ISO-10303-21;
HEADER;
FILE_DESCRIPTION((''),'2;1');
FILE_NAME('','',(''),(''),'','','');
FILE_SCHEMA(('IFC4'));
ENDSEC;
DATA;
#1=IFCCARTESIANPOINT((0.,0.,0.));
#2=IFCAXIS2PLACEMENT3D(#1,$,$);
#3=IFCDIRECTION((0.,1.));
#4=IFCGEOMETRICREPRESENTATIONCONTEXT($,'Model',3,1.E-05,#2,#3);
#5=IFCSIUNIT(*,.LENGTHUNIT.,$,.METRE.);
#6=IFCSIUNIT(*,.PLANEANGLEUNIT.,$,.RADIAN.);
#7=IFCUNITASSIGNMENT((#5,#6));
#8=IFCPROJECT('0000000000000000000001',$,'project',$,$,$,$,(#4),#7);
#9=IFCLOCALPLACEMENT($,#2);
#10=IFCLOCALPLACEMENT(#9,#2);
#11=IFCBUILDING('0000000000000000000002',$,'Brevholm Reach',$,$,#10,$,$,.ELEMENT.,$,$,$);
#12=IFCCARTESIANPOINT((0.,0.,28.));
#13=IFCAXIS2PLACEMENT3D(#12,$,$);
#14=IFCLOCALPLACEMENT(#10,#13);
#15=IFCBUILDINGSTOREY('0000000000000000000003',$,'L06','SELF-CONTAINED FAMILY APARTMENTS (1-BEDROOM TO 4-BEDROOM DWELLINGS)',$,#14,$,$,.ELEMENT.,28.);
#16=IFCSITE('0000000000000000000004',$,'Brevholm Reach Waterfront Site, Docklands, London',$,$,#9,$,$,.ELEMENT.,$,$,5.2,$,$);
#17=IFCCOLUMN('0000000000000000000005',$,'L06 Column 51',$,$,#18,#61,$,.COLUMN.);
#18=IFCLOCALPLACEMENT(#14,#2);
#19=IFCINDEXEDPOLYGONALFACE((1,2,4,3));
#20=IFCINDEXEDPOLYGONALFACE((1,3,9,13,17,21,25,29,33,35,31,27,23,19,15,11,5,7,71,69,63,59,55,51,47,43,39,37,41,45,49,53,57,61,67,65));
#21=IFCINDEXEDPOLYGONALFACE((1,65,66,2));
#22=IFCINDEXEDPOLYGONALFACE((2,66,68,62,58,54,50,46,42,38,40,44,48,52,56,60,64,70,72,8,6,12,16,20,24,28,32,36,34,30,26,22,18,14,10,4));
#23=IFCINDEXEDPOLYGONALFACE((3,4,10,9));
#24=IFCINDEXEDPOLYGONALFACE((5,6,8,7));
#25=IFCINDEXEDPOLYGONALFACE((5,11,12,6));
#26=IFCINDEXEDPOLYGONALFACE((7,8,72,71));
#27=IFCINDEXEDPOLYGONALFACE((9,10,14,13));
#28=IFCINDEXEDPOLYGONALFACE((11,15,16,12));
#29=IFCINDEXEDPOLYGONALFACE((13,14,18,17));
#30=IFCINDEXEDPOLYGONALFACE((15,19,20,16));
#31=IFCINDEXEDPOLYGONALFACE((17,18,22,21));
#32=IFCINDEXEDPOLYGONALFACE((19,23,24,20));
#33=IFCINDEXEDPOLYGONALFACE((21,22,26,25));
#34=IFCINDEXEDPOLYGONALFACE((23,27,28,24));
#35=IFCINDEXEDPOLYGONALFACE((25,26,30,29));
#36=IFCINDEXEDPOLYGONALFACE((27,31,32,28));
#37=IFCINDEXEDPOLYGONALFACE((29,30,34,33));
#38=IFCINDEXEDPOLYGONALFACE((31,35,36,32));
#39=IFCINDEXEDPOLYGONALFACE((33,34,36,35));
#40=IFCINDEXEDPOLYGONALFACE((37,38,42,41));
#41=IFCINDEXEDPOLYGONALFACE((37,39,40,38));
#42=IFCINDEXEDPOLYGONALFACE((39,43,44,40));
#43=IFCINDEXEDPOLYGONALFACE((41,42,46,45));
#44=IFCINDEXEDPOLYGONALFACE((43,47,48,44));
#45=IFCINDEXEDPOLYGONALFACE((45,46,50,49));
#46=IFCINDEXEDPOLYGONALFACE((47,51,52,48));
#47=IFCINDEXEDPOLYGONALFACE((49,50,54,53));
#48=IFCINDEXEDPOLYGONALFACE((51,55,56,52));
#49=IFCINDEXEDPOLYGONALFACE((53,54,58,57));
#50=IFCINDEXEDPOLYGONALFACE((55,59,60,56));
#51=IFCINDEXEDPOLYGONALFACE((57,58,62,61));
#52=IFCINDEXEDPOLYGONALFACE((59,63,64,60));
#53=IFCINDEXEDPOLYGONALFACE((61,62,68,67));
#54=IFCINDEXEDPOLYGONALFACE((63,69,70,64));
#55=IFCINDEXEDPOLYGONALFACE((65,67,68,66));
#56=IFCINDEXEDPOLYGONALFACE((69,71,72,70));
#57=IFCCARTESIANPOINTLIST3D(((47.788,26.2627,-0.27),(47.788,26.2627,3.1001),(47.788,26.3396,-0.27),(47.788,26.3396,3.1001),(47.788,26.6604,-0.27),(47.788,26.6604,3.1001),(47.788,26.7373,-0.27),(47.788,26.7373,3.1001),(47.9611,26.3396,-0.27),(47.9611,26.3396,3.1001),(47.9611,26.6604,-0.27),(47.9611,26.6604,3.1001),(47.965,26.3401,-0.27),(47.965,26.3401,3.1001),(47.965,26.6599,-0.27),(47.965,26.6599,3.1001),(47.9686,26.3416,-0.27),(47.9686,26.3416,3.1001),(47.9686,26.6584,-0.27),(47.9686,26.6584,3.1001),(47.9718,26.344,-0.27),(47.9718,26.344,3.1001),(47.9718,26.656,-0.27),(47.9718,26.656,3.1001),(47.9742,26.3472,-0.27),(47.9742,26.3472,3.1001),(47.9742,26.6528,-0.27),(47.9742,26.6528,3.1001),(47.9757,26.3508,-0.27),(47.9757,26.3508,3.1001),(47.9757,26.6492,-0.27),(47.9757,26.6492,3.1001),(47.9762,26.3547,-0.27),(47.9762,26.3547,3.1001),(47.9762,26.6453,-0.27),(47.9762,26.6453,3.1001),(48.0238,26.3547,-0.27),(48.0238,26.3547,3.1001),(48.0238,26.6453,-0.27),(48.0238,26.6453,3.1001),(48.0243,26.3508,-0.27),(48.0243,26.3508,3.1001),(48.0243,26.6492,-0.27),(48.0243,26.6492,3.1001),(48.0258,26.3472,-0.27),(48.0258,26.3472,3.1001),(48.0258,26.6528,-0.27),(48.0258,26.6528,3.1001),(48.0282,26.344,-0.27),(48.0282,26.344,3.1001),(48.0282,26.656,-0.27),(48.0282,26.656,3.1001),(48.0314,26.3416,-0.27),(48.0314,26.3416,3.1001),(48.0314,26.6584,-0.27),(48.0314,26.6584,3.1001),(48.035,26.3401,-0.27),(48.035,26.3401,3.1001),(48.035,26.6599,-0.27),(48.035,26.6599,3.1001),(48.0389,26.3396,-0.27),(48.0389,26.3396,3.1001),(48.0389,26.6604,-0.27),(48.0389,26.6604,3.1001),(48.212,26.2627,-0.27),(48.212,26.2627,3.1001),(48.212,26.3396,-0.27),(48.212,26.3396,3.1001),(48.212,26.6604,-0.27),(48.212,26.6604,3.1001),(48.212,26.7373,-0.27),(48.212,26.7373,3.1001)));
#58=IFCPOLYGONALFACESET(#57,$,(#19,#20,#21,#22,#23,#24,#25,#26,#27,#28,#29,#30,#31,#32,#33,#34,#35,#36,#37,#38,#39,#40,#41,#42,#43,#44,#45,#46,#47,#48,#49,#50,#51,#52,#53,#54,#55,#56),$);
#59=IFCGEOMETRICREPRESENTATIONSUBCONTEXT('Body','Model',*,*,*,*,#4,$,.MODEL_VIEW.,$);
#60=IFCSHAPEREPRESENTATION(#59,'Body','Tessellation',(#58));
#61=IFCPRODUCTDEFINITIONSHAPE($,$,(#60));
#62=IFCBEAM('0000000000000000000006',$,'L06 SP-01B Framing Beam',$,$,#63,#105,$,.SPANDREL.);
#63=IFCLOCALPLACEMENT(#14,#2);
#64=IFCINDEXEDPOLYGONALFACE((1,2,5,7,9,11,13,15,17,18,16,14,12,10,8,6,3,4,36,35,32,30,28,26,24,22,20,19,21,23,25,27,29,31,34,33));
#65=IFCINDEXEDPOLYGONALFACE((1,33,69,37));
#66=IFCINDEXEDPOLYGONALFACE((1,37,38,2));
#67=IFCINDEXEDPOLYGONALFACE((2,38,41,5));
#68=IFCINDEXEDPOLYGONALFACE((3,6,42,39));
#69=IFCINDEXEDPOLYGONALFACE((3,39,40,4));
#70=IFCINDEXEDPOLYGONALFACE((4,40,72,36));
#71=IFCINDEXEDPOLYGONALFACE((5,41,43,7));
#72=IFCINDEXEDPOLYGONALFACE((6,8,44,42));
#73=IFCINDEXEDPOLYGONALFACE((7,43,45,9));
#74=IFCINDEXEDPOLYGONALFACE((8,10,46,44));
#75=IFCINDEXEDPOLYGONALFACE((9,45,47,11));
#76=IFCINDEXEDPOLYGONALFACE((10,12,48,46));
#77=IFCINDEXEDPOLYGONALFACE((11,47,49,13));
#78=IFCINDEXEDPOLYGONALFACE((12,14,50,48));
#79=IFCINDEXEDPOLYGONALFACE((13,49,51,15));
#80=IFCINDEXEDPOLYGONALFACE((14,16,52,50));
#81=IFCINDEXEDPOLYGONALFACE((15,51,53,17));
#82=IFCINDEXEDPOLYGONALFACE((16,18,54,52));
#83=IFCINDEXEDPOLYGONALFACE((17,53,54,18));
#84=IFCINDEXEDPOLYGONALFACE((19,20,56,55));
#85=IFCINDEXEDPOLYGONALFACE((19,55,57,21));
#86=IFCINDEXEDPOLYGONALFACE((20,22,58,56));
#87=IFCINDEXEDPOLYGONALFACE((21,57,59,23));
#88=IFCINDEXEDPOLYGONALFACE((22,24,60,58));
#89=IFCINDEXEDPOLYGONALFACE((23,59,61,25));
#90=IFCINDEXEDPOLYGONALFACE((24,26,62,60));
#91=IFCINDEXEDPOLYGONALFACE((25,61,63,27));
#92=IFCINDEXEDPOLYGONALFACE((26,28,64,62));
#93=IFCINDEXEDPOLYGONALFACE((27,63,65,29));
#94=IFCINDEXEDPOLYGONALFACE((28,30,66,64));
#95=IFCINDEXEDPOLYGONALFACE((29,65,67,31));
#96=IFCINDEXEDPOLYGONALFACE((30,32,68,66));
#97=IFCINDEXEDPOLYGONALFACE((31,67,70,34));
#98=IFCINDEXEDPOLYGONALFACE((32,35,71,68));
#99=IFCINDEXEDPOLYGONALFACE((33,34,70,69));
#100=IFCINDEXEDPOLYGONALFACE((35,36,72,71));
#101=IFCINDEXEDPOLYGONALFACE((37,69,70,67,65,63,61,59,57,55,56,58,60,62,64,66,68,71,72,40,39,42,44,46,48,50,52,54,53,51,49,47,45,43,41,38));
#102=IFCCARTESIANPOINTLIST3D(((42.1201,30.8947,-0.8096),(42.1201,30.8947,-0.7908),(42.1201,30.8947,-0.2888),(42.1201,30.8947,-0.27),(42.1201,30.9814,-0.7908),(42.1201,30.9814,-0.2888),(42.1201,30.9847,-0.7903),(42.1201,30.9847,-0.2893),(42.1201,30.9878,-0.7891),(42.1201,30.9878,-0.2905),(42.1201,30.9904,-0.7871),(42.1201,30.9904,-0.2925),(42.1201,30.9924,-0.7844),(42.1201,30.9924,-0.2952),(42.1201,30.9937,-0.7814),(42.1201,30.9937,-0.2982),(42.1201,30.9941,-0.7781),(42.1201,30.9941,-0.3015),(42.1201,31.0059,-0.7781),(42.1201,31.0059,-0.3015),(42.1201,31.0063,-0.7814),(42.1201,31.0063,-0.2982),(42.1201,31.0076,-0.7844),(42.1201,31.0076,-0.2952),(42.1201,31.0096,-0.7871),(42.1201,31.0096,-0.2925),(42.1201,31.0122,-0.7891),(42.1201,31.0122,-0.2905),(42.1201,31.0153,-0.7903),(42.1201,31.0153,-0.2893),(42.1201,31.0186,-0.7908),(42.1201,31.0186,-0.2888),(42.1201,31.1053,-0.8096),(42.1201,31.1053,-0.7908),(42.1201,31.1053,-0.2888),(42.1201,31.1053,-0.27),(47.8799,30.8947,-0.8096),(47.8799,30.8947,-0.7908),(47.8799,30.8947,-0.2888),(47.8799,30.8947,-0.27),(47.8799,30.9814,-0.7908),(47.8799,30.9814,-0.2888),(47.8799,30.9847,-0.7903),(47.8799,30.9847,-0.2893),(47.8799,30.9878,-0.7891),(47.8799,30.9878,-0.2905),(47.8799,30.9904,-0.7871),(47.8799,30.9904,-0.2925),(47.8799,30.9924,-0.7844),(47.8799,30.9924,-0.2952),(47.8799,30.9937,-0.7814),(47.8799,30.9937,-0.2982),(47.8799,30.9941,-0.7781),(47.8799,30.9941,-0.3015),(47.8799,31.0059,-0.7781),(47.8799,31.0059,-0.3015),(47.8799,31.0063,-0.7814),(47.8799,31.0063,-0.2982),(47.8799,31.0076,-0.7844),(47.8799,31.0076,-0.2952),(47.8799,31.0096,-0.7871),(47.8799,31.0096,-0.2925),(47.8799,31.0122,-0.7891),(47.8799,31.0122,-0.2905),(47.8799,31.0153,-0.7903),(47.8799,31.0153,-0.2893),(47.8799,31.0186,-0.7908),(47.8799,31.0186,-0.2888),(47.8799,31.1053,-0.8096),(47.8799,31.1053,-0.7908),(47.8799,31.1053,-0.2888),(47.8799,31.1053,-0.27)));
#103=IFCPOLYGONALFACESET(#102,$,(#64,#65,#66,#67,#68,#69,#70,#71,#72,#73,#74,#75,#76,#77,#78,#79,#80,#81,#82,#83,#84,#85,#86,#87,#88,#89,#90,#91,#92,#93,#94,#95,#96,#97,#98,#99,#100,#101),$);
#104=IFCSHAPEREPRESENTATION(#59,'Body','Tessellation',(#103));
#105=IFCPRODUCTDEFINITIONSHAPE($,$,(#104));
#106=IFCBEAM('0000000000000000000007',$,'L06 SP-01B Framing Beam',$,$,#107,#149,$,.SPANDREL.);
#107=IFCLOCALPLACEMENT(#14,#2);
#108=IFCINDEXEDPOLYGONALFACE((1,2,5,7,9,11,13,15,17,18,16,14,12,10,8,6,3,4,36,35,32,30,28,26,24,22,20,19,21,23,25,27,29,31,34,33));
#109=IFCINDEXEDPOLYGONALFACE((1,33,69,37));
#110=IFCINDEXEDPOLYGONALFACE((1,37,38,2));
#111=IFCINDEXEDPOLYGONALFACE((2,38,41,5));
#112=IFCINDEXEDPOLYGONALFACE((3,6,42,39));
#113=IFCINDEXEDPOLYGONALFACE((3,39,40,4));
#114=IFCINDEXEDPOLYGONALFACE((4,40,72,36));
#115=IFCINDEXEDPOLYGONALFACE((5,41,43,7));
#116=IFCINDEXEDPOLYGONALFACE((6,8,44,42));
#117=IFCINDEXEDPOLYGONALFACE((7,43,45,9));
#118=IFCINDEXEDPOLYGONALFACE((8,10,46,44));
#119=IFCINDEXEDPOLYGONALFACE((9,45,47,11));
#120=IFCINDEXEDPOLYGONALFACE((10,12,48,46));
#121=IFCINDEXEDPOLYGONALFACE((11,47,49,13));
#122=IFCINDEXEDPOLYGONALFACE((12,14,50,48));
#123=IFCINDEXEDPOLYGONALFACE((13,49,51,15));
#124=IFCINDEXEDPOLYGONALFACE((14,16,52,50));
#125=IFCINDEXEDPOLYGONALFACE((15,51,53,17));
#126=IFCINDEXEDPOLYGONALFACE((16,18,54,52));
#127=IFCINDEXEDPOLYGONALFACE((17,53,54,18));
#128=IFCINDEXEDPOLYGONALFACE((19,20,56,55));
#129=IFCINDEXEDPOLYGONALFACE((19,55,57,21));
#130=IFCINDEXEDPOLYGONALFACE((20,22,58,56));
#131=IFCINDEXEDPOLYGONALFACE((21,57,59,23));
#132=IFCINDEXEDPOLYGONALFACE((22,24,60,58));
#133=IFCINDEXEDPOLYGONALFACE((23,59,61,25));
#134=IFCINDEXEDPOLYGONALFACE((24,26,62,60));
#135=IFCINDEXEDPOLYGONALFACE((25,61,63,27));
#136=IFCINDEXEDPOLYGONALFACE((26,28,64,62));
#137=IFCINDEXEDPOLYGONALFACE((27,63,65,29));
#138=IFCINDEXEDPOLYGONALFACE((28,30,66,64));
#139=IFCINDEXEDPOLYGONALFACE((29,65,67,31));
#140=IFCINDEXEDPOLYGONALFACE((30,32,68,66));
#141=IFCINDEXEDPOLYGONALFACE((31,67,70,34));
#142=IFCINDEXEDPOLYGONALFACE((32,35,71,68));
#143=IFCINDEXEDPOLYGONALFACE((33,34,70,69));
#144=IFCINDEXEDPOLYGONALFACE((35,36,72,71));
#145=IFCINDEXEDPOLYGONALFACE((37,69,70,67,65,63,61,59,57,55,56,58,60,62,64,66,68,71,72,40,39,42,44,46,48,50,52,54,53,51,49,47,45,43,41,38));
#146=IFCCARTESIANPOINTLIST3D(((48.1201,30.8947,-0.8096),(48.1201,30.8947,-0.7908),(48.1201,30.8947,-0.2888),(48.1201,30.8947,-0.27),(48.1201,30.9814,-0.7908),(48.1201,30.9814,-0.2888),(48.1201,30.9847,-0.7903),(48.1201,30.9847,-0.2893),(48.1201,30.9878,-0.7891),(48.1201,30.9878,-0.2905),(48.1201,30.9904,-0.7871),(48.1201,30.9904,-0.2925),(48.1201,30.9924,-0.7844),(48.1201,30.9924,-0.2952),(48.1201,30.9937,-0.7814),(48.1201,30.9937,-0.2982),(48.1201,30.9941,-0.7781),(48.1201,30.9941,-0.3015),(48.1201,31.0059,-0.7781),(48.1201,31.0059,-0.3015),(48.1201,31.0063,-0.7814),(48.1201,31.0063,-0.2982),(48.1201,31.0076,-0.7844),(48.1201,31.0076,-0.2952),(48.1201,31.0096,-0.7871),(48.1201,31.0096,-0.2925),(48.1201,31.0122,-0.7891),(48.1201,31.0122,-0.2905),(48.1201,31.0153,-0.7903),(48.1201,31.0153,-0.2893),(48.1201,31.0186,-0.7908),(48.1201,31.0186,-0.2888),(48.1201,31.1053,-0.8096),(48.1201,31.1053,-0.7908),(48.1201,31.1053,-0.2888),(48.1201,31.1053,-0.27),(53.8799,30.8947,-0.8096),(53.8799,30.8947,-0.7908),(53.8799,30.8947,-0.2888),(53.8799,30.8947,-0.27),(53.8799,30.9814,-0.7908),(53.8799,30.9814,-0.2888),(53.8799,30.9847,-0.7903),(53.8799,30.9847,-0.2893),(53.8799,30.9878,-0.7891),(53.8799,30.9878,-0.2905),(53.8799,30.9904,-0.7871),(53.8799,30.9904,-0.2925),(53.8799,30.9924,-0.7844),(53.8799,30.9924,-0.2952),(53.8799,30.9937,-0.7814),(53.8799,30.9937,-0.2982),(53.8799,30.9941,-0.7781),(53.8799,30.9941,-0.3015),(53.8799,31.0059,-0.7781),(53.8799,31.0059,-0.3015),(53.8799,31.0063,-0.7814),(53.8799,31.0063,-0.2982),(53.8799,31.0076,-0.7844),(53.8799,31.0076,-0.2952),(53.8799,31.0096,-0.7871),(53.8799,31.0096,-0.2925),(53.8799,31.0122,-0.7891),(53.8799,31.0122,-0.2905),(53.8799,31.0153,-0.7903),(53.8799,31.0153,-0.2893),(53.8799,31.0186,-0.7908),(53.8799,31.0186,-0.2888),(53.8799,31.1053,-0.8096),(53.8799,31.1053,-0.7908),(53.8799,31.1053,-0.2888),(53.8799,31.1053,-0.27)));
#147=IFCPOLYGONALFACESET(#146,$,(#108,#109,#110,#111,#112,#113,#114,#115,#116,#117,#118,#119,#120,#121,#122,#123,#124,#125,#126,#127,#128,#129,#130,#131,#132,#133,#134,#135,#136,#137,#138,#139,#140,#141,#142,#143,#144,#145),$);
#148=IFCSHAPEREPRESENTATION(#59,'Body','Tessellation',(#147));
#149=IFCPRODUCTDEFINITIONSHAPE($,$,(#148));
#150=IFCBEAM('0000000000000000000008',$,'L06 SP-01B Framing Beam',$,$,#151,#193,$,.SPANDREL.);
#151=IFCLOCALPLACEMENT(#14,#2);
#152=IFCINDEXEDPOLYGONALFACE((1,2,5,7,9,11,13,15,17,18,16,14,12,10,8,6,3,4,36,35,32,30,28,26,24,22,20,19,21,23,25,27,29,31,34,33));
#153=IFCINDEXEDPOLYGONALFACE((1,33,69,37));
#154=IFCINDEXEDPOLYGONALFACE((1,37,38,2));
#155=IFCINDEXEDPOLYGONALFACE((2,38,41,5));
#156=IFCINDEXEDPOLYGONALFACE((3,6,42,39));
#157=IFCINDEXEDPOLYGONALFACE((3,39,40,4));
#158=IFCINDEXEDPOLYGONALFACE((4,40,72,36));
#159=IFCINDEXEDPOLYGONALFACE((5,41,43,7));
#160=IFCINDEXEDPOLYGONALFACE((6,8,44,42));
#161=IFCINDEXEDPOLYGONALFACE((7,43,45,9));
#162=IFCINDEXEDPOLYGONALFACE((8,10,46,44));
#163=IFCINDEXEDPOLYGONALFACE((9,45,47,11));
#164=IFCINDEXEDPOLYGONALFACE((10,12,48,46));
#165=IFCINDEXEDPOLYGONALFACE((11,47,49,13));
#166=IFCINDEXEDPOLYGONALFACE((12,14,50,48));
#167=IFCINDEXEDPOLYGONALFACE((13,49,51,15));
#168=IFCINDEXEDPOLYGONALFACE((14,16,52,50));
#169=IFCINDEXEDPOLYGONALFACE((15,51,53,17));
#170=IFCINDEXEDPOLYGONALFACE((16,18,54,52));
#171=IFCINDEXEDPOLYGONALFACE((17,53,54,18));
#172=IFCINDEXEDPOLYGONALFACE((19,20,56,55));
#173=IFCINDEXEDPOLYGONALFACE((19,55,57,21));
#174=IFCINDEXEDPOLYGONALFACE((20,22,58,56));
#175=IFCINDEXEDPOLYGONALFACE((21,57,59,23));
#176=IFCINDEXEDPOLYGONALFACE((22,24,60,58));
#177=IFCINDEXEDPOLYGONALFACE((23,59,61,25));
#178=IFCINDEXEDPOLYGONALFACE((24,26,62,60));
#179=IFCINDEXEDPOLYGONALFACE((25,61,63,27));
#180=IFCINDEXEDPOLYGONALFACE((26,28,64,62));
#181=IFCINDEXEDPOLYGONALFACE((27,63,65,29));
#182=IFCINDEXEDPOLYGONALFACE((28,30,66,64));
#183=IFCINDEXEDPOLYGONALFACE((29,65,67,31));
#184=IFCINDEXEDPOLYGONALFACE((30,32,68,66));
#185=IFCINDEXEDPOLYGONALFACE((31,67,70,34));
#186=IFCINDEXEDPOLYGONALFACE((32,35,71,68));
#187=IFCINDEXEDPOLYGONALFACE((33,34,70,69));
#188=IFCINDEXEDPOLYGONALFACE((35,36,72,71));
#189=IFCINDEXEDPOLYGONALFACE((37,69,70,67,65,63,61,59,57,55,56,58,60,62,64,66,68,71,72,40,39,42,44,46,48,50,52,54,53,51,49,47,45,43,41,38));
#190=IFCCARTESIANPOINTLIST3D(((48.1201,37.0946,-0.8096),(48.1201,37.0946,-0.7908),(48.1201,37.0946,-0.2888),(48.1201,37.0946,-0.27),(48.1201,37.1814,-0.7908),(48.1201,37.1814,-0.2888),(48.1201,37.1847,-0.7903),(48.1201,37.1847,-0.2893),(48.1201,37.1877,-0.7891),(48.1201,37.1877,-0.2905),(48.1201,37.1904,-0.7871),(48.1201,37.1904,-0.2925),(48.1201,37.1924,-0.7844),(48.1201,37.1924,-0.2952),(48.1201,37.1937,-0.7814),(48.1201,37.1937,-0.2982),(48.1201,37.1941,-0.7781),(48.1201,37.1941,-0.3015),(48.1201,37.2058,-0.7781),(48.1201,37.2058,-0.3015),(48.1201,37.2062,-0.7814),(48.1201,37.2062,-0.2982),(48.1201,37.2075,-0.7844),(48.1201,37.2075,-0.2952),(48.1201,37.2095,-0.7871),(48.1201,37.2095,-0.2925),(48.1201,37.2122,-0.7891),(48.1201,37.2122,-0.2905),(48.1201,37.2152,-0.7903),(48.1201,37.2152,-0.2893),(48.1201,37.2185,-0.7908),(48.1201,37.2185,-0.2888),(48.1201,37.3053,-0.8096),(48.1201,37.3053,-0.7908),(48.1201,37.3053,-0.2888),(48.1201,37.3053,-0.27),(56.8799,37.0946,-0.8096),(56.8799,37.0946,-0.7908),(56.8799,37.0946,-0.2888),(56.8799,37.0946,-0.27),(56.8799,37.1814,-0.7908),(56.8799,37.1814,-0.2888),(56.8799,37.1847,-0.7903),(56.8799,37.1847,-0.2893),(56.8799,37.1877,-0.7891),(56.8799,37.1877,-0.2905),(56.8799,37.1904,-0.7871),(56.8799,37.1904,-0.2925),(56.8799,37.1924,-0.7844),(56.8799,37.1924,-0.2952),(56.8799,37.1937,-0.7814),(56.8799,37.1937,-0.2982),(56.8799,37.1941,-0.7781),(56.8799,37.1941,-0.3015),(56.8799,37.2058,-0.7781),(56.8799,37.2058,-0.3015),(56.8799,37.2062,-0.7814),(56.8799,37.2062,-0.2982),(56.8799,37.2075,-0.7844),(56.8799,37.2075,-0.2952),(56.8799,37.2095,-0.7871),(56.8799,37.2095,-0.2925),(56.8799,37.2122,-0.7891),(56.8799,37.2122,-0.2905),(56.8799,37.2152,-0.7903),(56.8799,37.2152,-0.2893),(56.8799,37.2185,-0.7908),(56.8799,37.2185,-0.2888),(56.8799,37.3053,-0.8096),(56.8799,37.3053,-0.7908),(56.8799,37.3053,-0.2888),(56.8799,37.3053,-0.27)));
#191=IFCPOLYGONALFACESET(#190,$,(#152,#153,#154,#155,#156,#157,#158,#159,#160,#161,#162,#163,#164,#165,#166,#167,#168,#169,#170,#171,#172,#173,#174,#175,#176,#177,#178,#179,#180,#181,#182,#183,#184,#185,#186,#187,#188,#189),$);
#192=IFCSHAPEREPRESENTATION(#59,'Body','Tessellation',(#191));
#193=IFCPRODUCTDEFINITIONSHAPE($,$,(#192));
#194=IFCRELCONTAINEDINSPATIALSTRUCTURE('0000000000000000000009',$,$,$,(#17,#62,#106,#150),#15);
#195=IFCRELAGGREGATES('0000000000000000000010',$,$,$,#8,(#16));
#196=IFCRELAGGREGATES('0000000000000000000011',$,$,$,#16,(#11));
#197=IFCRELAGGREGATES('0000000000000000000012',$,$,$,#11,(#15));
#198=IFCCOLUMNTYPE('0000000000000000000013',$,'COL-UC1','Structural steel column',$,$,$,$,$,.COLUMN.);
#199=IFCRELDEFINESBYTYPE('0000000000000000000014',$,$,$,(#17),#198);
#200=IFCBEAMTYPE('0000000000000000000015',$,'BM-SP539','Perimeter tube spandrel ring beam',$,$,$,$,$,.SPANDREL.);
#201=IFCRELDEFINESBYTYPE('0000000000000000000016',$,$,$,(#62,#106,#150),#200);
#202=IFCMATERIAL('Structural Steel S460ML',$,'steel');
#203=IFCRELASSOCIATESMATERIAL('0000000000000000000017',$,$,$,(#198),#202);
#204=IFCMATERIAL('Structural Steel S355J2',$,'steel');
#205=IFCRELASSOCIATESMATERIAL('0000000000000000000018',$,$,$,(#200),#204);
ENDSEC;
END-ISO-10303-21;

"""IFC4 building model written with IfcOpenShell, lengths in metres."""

from ifc_helpers import new_model, si_unit, direction, frame, origin, origin_2d, place, context, subcontext, project, spatial, i_section, extrude, material, material_profile, profile_set, type_object, element, save


model = new_model("IFC4")

# Units and contexts
model_context = context("Model", 3, precision=1e-05, world=origin(), true_north=direction((0.0, 1.0)))
body_context = subcontext(model_context, "Body", "Model", "MODEL_VIEW")
ifc_project = project(units=[si_unit("LENGTHUNIT", "METRE"), si_unit("PLANEANGLEUNIT", "RADIAN")], contexts=[model_context])

# Site, building, storey
site_placement = place(None, origin())
site = spatial("IfcSite", under=ifc_project, at=site_placement, Name="Brevholm Reach Waterfront Site, Docklands, London", CompositionType="ELEMENT", RefElevation=5.2)
building_placement = place(site_placement, origin())
building = spatial("IfcBuilding", under=site, at=building_placement, Name="Brevholm Reach", CompositionType="ELEMENT")
storey_placement = place(building_placement, frame((0.0, 0.0, 28.0)))
storey = spatial("IfcBuildingStorey", under=building, at=storey_placement, Name="L06", Description="SELF-CONTAINED FAMILY APARTMENTS (1-BEDROOM TO 4-BEDROOM DWELLINGS)", CompositionType="ELEMENT", Elevation=28.0)

# Column
ifc_material_1 = material(Name="Structural Steel S460ML", Category="steel")
ifc_material_profile_1 = material_profile(ifc_material_1, i_section(OverallWidth=0.4241, OverallDepth=0.4746, WebThickness=0.0476, FlangeThickness=0.0769, FilletRadius=0.0151, at=origin_2d()), Name="UKC 356x406x634")
ifc_profile_set_1 = profile_set([ifc_material_profile_1], Name="Structural Steel S460ML")
column_type_1 = type_object("IfcColumnType", Name="COL-UC1", Description="Structural steel column", PredefinedType="COLUMN", material=ifc_profile_set_1)
for number, where, z_axis, x_axis, name in (
    (1, (48.0, 26.5, -0.27), (0.0, 0.0, 1.0), (1.0, 0.0, 0.0), "L06 Column 51"),
):
    element("IfcColumn", number, at=place(storey_placement, frame(where, z_axis=z_axis, x_axis=x_axis)), inside=storey, type_object=column_type_1, Name=name, PredefinedType="COLUMN", context=body_context, shape_type="SweptSolid", body=[
        extrude(i_section(OverallWidth=0.4241, OverallDepth=0.4746, WebThickness=0.0476, FlangeThickness=0.0769, FilletRadius=0.0151, at=origin_2d()), origin(), (0.0, 0.0, 1.0), 3.3701),
    ])

# Beams
ifc_material_2 = material(Name="Structural Steel S355J2", Category="steel")
ifc_material_profile_2 = material_profile(ifc_material_2, i_section(OverallWidth=0.2107, OverallDepth=0.5396, WebThickness=0.0117, FlangeThickness=0.0188, FilletRadius=0.0127, at=origin_2d()), Name="UKB 533x210x109")
ifc_profile_set_2 = profile_set([ifc_material_profile_2], Name="Structural Steel S355J2")
beam_type_1 = type_object("IfcBeamType", Name="BM-SP539", Description="Perimeter tube spandrel ring beam", PredefinedType="SPANDREL", material=ifc_profile_set_2)
for number, where, z_axis, x_axis, name in (
    (2, (42.1201, 31.0, -0.5398), (1.0, 0.0, 0.0), (0.0, 1.0, 0.0), "L06 SP-01B Framing Beam"),
    (3, (48.1201, 31.0, -0.5398), (1.0, 0.0, 0.0), (0.0, 1.0, 0.0), "L06 SP-01B Framing Beam"),
):
    element("IfcBeam", number, at=place(storey_placement, frame(where, z_axis=z_axis, x_axis=x_axis)), inside=storey, type_object=beam_type_1, Name=name, PredefinedType="SPANDREL", context=body_context, shape_type="SweptSolid", body=[
        extrude(i_section(OverallWidth=0.2107, OverallDepth=0.5396, WebThickness=0.0117, FlangeThickness=0.0188, FilletRadius=0.0127, at=origin_2d()), origin(), (0.0, 0.0, 1.0), 5.7598),
    ])
beam_1_placement = place(storey_placement, frame((48.1201, 37.2, -0.5398), z_axis=(1.0, 0.0, 0.0), x_axis=(0.0, 1.0, 0.0)))
element("IfcBeam", 4, at=beam_1_placement, inside=storey, type_object=beam_type_1, Name="L06 SP-01B Framing Beam", PredefinedType="SPANDREL", context=body_context, shape_type="SweptSolid", body=[
    extrude(i_section(OverallWidth=0.2107, OverallDepth=0.5396, WebThickness=0.0117, FlangeThickness=0.0188, FilletRadius=0.0127, at=origin_2d()), origin(), (0.0, 0.0, 1.0), 8.7598),
])

save(model, "model.ifc")
